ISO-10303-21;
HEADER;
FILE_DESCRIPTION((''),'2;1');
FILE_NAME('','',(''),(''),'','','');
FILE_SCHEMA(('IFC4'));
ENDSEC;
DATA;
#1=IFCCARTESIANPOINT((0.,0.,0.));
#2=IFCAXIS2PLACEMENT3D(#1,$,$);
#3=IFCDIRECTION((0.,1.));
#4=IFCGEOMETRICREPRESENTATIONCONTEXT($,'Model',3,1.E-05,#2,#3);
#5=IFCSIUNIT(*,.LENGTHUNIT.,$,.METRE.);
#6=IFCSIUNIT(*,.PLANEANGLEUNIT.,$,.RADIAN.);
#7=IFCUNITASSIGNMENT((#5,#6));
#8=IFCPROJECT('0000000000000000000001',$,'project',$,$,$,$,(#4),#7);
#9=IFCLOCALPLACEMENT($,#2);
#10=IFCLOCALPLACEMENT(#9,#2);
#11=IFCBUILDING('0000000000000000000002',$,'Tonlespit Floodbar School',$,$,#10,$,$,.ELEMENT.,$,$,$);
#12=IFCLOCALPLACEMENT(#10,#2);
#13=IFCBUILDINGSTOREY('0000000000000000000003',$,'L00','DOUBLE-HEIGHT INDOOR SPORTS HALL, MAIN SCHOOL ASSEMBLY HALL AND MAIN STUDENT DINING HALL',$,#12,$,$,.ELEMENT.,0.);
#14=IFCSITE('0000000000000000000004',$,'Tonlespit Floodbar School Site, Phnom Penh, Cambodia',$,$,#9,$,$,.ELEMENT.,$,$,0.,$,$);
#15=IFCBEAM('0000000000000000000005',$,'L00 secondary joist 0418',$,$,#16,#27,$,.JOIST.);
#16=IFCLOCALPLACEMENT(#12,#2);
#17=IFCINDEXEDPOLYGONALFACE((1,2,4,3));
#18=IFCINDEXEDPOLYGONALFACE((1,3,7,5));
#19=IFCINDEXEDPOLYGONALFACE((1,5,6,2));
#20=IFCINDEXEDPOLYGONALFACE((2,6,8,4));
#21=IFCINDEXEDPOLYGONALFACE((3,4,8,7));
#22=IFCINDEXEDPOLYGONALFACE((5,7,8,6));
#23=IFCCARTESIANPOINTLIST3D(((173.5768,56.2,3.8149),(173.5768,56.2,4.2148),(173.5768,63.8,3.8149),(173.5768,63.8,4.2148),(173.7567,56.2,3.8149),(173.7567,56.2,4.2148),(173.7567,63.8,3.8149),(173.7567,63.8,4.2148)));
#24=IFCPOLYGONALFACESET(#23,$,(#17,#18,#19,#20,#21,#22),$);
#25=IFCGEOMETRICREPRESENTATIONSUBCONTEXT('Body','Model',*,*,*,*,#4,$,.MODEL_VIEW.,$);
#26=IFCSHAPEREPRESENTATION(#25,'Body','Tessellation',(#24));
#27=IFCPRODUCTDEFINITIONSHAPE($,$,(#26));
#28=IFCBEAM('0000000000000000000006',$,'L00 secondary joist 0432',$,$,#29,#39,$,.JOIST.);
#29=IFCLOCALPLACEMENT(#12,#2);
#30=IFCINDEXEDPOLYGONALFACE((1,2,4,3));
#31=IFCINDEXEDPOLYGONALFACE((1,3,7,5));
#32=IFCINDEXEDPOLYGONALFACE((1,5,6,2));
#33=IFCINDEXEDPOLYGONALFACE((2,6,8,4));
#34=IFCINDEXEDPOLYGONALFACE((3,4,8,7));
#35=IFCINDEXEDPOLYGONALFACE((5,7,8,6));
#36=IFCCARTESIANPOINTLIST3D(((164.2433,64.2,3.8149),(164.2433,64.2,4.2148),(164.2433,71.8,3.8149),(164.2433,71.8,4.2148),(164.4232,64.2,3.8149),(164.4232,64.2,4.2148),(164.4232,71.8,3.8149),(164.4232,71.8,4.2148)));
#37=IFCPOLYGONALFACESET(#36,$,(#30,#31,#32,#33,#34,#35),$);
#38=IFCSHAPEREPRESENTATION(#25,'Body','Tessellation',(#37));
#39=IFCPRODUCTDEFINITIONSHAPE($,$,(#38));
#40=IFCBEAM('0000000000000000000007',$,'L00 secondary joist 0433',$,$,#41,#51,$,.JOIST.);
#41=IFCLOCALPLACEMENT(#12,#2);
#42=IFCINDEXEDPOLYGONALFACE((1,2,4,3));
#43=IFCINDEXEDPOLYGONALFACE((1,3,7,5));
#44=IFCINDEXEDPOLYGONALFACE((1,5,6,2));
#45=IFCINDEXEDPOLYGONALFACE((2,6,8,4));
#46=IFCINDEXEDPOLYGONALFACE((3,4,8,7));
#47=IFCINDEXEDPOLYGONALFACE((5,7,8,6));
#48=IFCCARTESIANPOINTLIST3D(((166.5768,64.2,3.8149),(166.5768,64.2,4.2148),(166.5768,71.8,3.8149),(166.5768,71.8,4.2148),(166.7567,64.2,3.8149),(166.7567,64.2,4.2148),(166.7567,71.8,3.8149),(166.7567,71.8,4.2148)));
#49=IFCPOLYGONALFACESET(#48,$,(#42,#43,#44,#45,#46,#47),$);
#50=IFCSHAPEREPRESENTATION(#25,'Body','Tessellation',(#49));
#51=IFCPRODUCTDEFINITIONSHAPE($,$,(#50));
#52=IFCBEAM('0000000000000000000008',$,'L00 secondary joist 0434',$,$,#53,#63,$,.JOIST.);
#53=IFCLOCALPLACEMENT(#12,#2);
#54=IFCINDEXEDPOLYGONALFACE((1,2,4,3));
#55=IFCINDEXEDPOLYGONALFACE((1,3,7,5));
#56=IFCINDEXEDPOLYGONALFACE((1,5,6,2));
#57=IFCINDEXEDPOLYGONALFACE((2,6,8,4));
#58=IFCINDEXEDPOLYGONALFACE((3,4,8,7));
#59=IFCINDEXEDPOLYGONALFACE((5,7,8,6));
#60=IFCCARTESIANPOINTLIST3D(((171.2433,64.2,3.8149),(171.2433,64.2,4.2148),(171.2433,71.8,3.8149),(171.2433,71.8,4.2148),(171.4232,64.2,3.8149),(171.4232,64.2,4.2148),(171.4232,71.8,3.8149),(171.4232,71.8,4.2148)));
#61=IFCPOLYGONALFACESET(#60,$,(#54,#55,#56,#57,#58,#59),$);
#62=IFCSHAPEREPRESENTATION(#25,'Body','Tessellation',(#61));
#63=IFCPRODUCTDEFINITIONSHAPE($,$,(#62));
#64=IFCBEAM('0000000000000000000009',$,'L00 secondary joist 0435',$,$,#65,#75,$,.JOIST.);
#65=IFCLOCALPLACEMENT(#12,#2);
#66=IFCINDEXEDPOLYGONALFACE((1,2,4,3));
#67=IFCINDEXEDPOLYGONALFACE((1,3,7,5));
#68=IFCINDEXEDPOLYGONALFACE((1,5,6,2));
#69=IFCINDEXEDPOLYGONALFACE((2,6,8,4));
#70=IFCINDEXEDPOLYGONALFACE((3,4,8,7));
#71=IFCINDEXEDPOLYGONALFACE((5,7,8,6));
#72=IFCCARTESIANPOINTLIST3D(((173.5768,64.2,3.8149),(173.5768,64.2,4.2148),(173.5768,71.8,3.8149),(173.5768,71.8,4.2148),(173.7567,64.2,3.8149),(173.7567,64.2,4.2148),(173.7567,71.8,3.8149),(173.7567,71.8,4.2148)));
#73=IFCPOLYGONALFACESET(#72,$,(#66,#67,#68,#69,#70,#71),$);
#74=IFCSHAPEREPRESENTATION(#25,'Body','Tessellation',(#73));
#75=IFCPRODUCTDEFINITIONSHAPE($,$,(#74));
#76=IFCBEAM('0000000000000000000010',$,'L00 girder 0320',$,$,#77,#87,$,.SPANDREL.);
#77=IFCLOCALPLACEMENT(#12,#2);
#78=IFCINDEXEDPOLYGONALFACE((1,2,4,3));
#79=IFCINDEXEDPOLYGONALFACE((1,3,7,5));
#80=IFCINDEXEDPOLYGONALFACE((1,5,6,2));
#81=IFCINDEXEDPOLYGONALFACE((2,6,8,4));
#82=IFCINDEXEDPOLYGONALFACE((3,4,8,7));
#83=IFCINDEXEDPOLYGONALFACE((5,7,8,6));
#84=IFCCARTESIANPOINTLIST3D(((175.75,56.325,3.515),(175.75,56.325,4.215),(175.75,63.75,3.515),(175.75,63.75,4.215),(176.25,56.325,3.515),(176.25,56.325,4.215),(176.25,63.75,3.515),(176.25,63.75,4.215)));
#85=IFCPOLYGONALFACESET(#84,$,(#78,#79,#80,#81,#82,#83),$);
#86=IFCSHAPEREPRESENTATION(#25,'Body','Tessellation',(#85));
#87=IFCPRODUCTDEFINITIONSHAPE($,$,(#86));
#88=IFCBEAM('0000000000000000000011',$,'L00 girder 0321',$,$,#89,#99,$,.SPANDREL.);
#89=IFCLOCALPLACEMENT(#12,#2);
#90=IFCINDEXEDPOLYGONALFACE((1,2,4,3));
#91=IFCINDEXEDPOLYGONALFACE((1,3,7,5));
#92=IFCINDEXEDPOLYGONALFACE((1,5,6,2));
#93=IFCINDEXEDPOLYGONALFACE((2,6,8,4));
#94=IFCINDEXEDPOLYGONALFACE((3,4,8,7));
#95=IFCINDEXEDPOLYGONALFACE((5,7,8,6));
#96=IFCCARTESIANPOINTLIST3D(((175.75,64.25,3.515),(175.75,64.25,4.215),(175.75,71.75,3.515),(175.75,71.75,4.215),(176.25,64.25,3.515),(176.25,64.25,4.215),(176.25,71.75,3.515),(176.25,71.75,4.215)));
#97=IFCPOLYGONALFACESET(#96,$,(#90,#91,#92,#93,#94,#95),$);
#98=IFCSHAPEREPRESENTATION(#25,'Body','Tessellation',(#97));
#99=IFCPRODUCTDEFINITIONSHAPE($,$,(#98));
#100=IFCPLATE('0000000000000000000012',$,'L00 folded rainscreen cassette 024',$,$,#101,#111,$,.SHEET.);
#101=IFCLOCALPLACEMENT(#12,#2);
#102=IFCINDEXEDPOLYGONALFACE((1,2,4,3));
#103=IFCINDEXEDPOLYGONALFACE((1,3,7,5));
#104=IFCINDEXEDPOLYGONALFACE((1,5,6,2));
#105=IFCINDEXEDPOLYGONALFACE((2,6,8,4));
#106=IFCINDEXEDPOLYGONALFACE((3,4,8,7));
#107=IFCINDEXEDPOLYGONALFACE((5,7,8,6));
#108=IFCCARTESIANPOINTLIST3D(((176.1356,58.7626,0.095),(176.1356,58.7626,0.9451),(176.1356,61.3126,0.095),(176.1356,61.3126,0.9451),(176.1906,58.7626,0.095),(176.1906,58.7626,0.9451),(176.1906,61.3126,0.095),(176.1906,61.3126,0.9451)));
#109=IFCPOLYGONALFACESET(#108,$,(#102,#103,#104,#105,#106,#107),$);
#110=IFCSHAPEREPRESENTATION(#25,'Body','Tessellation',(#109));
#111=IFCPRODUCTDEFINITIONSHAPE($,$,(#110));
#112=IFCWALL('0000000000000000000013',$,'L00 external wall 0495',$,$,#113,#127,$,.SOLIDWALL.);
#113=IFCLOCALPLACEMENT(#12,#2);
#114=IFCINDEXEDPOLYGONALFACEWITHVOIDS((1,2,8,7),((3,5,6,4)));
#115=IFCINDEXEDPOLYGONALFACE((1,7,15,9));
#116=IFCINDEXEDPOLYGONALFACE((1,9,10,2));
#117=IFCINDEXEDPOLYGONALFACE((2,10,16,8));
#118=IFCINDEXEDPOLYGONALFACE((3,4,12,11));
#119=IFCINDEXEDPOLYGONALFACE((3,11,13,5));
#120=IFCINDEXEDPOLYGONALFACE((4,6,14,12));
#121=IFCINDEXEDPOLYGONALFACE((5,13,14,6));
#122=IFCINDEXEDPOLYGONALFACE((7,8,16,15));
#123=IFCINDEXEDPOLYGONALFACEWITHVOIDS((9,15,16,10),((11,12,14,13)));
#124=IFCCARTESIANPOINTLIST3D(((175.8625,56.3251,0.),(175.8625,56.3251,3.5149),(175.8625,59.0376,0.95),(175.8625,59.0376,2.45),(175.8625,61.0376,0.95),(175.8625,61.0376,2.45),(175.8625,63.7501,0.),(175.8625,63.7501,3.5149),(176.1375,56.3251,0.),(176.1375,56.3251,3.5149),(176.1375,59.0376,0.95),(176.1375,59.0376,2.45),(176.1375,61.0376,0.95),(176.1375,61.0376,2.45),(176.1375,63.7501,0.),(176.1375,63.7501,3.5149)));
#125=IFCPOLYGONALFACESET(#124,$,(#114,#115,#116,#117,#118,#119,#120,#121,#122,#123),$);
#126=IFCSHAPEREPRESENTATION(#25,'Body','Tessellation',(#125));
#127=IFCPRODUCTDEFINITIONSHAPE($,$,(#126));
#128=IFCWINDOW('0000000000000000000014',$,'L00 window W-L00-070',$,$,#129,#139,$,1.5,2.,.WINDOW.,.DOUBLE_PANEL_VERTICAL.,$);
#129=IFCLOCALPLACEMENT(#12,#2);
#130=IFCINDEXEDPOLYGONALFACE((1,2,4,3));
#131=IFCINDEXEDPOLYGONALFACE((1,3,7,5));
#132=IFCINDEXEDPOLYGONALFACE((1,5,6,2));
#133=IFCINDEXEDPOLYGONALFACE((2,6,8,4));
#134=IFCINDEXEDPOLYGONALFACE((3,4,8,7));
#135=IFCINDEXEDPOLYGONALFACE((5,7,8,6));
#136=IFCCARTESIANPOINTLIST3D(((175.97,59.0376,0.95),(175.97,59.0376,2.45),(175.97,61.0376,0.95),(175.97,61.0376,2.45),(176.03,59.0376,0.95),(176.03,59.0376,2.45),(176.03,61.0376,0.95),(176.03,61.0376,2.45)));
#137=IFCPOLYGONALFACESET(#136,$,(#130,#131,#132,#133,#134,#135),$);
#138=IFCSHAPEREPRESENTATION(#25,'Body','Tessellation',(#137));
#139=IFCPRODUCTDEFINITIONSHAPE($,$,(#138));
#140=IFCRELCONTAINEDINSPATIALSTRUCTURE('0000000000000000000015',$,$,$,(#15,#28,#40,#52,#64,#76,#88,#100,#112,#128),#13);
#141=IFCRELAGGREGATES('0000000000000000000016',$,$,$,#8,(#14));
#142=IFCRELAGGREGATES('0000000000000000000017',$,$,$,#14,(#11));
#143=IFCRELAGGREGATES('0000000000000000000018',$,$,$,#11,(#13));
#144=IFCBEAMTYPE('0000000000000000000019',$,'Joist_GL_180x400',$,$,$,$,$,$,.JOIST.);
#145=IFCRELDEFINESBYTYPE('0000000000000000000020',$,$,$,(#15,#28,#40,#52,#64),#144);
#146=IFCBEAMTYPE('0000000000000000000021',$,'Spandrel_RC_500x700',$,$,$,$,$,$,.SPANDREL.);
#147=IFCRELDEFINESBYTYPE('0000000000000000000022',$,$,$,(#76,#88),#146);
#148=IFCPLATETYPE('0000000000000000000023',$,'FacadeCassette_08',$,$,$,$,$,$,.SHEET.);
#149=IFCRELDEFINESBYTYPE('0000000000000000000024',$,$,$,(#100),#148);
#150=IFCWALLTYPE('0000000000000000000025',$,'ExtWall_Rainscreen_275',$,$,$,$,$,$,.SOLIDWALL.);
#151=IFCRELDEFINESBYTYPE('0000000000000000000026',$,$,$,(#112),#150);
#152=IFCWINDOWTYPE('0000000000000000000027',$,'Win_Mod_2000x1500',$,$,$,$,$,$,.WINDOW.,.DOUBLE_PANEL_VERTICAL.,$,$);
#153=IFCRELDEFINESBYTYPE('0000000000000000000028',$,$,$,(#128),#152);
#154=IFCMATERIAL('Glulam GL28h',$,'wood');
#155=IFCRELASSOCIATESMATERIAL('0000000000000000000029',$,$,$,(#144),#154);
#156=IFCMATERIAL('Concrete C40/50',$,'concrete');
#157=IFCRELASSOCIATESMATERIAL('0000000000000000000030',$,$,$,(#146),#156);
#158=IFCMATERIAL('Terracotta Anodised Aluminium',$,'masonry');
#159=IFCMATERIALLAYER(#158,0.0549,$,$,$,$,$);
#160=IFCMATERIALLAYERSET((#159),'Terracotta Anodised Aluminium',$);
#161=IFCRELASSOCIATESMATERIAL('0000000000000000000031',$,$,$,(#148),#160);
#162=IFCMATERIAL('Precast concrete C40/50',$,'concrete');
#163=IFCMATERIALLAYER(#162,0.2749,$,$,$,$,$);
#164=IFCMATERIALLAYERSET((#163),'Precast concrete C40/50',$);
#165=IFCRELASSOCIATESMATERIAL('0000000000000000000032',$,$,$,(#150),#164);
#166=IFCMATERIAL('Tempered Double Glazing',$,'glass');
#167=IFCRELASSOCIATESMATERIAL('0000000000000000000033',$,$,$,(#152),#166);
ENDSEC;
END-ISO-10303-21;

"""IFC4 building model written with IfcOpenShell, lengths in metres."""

from ifc_helpers import new_model, si_unit, direction, frame, frame_2d, origin, origin_2d, place, context, subcontext, project, spatial, rectangle, extrude, material, layer, layer_set, material_profile, profile_set, type_object, element, fill, save


model = new_model("IFC4")

# Units and contexts
model_context = context("Model", 3, precision=1e-05, world=origin(), true_north=direction((0.0, 1.0)))
body_context = subcontext(model_context, "Body", "Model", "MODEL_VIEW")
ifc_project = project(units=[si_unit("LENGTHUNIT", "METRE"), si_unit("PLANEANGLEUNIT", "RADIAN")], contexts=[model_context])

# Site, building, storey
site_placement = place(None, origin())
site = spatial("IfcSite", under=ifc_project, at=site_placement, Name="Tonlespit Floodbar School Site, Phnom Penh, Cambodia", CompositionType="ELEMENT", RefElevation=0.0)
building_placement = place(site_placement, origin())
building = spatial("IfcBuilding", under=site, at=building_placement, Name="Tonlespit Floodbar School", CompositionType="ELEMENT")
storey_placement = place(building_placement, origin())
storey = spatial("IfcBuildingStorey", under=building, at=storey_placement, Name="L00", Description="DOUBLE-HEIGHT INDOOR SPORTS HALL, MAIN SCHOOL ASSEMBLY HALL AND MAIN STUDENT DINING HALL", CompositionType="ELEMENT", Elevation=0.0)

# Shared definitions
ifc_material_1 = material(Name="Concrete C40/50", Category="concrete")

# Beams
ifc_material_2 = material(Name="Glulam GL28h", Category="wood")
ifc_material_profile_1 = material_profile(ifc_material_2, rectangle(XDim=0.1799, YDim=0.3999, at=origin_2d()), Name="GL 180x400")
ifc_profile_set_1 = profile_set([ifc_material_profile_1], Name="Glulam GL28h")
beam_type_1 = type_object("IfcBeamType", Name="Joist_GL_180x400", PredefinedType="JOIST", material=ifc_profile_set_1)
for number, where, z_axis, x_axis, name in (
    (1, (173.6667, 56.2, 4.0149), (0.0, 1.0, 0.0), (-1.0, 0.0, 0.0), "L00 secondary joist 0418"),
    (2, (164.3333, 64.2, 4.0149), (0.0, 1.0, 0.0), (-1.0, 0.0, 0.0), "L00 secondary joist 0432"),
    (3, (166.6667, 64.2, 4.0149), (0.0, 1.0, 0.0), (-1.0, 0.0, 0.0), "L00 secondary joist 0433"),
    (4, (171.3333, 64.2, 4.0149), (0.0, 1.0, 0.0), (-1.0, 0.0, 0.0), "L00 secondary joist 0434"),
    (5, (173.6667, 64.2, 4.0149), (0.0, 1.0, 0.0), (-1.0, 0.0, 0.0), "L00 secondary joist 0435"),
):
    element("IfcBeam", number, at=place(storey_placement, frame(where, z_axis=z_axis, x_axis=x_axis)), inside=storey, type_object=beam_type_1, Name=name, PredefinedType="JOIST", context=body_context, shape_type="SweptSolid", body=[
        extrude(rectangle(XDim=0.1799, YDim=0.3999, at=origin_2d()), origin(), (0.0, 0.0, 1.0), 7.6001),
    ])
ifc_material_profile_2 = material_profile(ifc_material_1, rectangle(XDim=0.5, YDim=0.7, at=origin_2d()), Name="RC 500x700")
ifc_profile_set_2 = profile_set([ifc_material_profile_2], Name="Concrete C40/50")
beam_type_2 = type_object("IfcBeamType", Name="Spandrel_RC_500x700", PredefinedType="SPANDREL", material=ifc_profile_set_2)
beam_1_placement = place(storey_placement, frame((176.0, 56.325, 3.865), z_axis=(0.0, 1.0, 0.0), x_axis=(-1.0, 0.0, 0.0)))
element("IfcBeam", 6, at=beam_1_placement, inside=storey, type_object=beam_type_2, Name="L00 girder 0320", PredefinedType="SPANDREL", context=body_context, shape_type="SweptSolid", body=[
    extrude(rectangle(XDim=0.5, YDim=0.7, at=origin_2d()), origin(), (0.0, 0.0, 1.0), 7.425),
])
beam_2_placement = place(storey_placement, frame((176.0, 64.25, 3.865), z_axis=(0.0, 1.0, 0.0), x_axis=(-1.0, 0.0, 0.0)))
element("IfcBeam", 7, at=beam_2_placement, inside=storey, type_object=beam_type_2, Name="L00 girder 0321", PredefinedType="SPANDREL", context=body_context, shape_type="SweptSolid", body=[
    extrude(rectangle(XDim=0.5, YDim=0.7, at=origin_2d()), origin(), (0.0, 0.0, 1.0), 7.5),
])

# Plate
ifc_material_3 = material(Name="Terracotta Anodised Aluminium", Category="masonry")
ifc_layer_1 = layer(ifc_material_3, 0.0549)
ifc_layer_set_1 = layer_set([ifc_layer_1], Name="Terracotta Anodised Aluminium")
plate_type = type_object("IfcPlateType", Name="FacadeCassette_08", PredefinedType="SHEET", material=ifc_layer_set_1)
plate_placement = place(storey_placement, frame((176.1631, 60.0376, 0.095), z_axis=(0.0, 0.0, 1.0), x_axis=(0.0, -1.0, 0.0)))
element("IfcPlate", 8, at=plate_placement, inside=storey, type_object=plate_type, Name="L00 folded rainscreen cassette 024", PredefinedType="SHEET", context=body_context, shape_type="SweptSolid", body=[
    extrude(rectangle(XDim=2.55, YDim=0.0549, at=origin_2d()), origin(), (0.0, 0.0, 1.0), 0.8501),
])

# Wall, opening, window
ifc_material_4 = material(Name="Precast concrete C40/50", Category="concrete")
ifc_layer_2 = layer(ifc_material_4, 0.2749)
ifc_layer_set_2 = layer_set([ifc_layer_2], Name="Precast concrete C40/50")
wall_type = type_object("IfcWallType", Name="ExtWall_Rainscreen_275", PredefinedType="SOLIDWALL", material=ifc_layer_set_2)
wall_placement = place(storey_placement, frame((176.0, 63.75, 0.0), z_axis=(0.0, 0.0, 1.0), x_axis=(0.0, -1.0, 0.0)))
wall = element("IfcWall", 9, at=wall_placement, inside=storey, type_object=wall_type, Name="L00 external wall 0495", PredefinedType="SOLIDWALL", context=body_context, shape_type="SweptSolid", body=[
    extrude(rectangle(XDim=7.425, YDim=0.2749, at=frame_2d((3.7124, 0.0))), origin(), (0.0, 0.0, 1.0), 3.5149),
])
opening_placement = place(wall_placement, frame((2.7124, 0.0, 0.95)))
opening = element("IfcOpeningElement", 10, at=opening_placement, cuts=wall, PredefinedType="OPENING", context=body_context, shape_type="SweptSolid", body=[
    extrude(rectangle(XDim=2.0, YDim=1.5, at=frame_2d((1.0, 0.75))), frame((0.0, 0.1475, 0.0), z_axis=(0.0, -1.0, 0.0), x_axis=(1.0, 0.0, 0.0)), (0.0, 0.0, 1.0), 0.2949),
])
ifc_material_5 = material(Name="Tempered Double Glazing", Category="glass")
window_type = type_object("IfcWindowType", Name="Win_Mod_2000x1500", PartitioningType="DOUBLE_PANEL_VERTICAL", PredefinedType="WINDOW", material=ifc_material_5)
window_placement = place(opening_placement, origin())
window = element("IfcWindow", 11, at=window_placement, inside=storey, type_object=window_type, Name="L00 window W-L00-070", OverallHeight=1.5, OverallWidth=2.0, PartitioningType="DOUBLE_PANEL_VERTICAL", PredefinedType="WINDOW", context=body_context, shape_type="SweptSolid", body=[
    extrude(rectangle(XDim=2.0, YDim=1.5, at=frame_2d((1.0, 0.75))), frame((0.0, 0.03, 0.0), z_axis=(0.0, -1.0, 0.0), x_axis=(1.0, 0.0, 0.0)), (0.0, 0.0, 1.0), 0.0601),
])
fill(opening, window)

save(model, "model.ifc")
